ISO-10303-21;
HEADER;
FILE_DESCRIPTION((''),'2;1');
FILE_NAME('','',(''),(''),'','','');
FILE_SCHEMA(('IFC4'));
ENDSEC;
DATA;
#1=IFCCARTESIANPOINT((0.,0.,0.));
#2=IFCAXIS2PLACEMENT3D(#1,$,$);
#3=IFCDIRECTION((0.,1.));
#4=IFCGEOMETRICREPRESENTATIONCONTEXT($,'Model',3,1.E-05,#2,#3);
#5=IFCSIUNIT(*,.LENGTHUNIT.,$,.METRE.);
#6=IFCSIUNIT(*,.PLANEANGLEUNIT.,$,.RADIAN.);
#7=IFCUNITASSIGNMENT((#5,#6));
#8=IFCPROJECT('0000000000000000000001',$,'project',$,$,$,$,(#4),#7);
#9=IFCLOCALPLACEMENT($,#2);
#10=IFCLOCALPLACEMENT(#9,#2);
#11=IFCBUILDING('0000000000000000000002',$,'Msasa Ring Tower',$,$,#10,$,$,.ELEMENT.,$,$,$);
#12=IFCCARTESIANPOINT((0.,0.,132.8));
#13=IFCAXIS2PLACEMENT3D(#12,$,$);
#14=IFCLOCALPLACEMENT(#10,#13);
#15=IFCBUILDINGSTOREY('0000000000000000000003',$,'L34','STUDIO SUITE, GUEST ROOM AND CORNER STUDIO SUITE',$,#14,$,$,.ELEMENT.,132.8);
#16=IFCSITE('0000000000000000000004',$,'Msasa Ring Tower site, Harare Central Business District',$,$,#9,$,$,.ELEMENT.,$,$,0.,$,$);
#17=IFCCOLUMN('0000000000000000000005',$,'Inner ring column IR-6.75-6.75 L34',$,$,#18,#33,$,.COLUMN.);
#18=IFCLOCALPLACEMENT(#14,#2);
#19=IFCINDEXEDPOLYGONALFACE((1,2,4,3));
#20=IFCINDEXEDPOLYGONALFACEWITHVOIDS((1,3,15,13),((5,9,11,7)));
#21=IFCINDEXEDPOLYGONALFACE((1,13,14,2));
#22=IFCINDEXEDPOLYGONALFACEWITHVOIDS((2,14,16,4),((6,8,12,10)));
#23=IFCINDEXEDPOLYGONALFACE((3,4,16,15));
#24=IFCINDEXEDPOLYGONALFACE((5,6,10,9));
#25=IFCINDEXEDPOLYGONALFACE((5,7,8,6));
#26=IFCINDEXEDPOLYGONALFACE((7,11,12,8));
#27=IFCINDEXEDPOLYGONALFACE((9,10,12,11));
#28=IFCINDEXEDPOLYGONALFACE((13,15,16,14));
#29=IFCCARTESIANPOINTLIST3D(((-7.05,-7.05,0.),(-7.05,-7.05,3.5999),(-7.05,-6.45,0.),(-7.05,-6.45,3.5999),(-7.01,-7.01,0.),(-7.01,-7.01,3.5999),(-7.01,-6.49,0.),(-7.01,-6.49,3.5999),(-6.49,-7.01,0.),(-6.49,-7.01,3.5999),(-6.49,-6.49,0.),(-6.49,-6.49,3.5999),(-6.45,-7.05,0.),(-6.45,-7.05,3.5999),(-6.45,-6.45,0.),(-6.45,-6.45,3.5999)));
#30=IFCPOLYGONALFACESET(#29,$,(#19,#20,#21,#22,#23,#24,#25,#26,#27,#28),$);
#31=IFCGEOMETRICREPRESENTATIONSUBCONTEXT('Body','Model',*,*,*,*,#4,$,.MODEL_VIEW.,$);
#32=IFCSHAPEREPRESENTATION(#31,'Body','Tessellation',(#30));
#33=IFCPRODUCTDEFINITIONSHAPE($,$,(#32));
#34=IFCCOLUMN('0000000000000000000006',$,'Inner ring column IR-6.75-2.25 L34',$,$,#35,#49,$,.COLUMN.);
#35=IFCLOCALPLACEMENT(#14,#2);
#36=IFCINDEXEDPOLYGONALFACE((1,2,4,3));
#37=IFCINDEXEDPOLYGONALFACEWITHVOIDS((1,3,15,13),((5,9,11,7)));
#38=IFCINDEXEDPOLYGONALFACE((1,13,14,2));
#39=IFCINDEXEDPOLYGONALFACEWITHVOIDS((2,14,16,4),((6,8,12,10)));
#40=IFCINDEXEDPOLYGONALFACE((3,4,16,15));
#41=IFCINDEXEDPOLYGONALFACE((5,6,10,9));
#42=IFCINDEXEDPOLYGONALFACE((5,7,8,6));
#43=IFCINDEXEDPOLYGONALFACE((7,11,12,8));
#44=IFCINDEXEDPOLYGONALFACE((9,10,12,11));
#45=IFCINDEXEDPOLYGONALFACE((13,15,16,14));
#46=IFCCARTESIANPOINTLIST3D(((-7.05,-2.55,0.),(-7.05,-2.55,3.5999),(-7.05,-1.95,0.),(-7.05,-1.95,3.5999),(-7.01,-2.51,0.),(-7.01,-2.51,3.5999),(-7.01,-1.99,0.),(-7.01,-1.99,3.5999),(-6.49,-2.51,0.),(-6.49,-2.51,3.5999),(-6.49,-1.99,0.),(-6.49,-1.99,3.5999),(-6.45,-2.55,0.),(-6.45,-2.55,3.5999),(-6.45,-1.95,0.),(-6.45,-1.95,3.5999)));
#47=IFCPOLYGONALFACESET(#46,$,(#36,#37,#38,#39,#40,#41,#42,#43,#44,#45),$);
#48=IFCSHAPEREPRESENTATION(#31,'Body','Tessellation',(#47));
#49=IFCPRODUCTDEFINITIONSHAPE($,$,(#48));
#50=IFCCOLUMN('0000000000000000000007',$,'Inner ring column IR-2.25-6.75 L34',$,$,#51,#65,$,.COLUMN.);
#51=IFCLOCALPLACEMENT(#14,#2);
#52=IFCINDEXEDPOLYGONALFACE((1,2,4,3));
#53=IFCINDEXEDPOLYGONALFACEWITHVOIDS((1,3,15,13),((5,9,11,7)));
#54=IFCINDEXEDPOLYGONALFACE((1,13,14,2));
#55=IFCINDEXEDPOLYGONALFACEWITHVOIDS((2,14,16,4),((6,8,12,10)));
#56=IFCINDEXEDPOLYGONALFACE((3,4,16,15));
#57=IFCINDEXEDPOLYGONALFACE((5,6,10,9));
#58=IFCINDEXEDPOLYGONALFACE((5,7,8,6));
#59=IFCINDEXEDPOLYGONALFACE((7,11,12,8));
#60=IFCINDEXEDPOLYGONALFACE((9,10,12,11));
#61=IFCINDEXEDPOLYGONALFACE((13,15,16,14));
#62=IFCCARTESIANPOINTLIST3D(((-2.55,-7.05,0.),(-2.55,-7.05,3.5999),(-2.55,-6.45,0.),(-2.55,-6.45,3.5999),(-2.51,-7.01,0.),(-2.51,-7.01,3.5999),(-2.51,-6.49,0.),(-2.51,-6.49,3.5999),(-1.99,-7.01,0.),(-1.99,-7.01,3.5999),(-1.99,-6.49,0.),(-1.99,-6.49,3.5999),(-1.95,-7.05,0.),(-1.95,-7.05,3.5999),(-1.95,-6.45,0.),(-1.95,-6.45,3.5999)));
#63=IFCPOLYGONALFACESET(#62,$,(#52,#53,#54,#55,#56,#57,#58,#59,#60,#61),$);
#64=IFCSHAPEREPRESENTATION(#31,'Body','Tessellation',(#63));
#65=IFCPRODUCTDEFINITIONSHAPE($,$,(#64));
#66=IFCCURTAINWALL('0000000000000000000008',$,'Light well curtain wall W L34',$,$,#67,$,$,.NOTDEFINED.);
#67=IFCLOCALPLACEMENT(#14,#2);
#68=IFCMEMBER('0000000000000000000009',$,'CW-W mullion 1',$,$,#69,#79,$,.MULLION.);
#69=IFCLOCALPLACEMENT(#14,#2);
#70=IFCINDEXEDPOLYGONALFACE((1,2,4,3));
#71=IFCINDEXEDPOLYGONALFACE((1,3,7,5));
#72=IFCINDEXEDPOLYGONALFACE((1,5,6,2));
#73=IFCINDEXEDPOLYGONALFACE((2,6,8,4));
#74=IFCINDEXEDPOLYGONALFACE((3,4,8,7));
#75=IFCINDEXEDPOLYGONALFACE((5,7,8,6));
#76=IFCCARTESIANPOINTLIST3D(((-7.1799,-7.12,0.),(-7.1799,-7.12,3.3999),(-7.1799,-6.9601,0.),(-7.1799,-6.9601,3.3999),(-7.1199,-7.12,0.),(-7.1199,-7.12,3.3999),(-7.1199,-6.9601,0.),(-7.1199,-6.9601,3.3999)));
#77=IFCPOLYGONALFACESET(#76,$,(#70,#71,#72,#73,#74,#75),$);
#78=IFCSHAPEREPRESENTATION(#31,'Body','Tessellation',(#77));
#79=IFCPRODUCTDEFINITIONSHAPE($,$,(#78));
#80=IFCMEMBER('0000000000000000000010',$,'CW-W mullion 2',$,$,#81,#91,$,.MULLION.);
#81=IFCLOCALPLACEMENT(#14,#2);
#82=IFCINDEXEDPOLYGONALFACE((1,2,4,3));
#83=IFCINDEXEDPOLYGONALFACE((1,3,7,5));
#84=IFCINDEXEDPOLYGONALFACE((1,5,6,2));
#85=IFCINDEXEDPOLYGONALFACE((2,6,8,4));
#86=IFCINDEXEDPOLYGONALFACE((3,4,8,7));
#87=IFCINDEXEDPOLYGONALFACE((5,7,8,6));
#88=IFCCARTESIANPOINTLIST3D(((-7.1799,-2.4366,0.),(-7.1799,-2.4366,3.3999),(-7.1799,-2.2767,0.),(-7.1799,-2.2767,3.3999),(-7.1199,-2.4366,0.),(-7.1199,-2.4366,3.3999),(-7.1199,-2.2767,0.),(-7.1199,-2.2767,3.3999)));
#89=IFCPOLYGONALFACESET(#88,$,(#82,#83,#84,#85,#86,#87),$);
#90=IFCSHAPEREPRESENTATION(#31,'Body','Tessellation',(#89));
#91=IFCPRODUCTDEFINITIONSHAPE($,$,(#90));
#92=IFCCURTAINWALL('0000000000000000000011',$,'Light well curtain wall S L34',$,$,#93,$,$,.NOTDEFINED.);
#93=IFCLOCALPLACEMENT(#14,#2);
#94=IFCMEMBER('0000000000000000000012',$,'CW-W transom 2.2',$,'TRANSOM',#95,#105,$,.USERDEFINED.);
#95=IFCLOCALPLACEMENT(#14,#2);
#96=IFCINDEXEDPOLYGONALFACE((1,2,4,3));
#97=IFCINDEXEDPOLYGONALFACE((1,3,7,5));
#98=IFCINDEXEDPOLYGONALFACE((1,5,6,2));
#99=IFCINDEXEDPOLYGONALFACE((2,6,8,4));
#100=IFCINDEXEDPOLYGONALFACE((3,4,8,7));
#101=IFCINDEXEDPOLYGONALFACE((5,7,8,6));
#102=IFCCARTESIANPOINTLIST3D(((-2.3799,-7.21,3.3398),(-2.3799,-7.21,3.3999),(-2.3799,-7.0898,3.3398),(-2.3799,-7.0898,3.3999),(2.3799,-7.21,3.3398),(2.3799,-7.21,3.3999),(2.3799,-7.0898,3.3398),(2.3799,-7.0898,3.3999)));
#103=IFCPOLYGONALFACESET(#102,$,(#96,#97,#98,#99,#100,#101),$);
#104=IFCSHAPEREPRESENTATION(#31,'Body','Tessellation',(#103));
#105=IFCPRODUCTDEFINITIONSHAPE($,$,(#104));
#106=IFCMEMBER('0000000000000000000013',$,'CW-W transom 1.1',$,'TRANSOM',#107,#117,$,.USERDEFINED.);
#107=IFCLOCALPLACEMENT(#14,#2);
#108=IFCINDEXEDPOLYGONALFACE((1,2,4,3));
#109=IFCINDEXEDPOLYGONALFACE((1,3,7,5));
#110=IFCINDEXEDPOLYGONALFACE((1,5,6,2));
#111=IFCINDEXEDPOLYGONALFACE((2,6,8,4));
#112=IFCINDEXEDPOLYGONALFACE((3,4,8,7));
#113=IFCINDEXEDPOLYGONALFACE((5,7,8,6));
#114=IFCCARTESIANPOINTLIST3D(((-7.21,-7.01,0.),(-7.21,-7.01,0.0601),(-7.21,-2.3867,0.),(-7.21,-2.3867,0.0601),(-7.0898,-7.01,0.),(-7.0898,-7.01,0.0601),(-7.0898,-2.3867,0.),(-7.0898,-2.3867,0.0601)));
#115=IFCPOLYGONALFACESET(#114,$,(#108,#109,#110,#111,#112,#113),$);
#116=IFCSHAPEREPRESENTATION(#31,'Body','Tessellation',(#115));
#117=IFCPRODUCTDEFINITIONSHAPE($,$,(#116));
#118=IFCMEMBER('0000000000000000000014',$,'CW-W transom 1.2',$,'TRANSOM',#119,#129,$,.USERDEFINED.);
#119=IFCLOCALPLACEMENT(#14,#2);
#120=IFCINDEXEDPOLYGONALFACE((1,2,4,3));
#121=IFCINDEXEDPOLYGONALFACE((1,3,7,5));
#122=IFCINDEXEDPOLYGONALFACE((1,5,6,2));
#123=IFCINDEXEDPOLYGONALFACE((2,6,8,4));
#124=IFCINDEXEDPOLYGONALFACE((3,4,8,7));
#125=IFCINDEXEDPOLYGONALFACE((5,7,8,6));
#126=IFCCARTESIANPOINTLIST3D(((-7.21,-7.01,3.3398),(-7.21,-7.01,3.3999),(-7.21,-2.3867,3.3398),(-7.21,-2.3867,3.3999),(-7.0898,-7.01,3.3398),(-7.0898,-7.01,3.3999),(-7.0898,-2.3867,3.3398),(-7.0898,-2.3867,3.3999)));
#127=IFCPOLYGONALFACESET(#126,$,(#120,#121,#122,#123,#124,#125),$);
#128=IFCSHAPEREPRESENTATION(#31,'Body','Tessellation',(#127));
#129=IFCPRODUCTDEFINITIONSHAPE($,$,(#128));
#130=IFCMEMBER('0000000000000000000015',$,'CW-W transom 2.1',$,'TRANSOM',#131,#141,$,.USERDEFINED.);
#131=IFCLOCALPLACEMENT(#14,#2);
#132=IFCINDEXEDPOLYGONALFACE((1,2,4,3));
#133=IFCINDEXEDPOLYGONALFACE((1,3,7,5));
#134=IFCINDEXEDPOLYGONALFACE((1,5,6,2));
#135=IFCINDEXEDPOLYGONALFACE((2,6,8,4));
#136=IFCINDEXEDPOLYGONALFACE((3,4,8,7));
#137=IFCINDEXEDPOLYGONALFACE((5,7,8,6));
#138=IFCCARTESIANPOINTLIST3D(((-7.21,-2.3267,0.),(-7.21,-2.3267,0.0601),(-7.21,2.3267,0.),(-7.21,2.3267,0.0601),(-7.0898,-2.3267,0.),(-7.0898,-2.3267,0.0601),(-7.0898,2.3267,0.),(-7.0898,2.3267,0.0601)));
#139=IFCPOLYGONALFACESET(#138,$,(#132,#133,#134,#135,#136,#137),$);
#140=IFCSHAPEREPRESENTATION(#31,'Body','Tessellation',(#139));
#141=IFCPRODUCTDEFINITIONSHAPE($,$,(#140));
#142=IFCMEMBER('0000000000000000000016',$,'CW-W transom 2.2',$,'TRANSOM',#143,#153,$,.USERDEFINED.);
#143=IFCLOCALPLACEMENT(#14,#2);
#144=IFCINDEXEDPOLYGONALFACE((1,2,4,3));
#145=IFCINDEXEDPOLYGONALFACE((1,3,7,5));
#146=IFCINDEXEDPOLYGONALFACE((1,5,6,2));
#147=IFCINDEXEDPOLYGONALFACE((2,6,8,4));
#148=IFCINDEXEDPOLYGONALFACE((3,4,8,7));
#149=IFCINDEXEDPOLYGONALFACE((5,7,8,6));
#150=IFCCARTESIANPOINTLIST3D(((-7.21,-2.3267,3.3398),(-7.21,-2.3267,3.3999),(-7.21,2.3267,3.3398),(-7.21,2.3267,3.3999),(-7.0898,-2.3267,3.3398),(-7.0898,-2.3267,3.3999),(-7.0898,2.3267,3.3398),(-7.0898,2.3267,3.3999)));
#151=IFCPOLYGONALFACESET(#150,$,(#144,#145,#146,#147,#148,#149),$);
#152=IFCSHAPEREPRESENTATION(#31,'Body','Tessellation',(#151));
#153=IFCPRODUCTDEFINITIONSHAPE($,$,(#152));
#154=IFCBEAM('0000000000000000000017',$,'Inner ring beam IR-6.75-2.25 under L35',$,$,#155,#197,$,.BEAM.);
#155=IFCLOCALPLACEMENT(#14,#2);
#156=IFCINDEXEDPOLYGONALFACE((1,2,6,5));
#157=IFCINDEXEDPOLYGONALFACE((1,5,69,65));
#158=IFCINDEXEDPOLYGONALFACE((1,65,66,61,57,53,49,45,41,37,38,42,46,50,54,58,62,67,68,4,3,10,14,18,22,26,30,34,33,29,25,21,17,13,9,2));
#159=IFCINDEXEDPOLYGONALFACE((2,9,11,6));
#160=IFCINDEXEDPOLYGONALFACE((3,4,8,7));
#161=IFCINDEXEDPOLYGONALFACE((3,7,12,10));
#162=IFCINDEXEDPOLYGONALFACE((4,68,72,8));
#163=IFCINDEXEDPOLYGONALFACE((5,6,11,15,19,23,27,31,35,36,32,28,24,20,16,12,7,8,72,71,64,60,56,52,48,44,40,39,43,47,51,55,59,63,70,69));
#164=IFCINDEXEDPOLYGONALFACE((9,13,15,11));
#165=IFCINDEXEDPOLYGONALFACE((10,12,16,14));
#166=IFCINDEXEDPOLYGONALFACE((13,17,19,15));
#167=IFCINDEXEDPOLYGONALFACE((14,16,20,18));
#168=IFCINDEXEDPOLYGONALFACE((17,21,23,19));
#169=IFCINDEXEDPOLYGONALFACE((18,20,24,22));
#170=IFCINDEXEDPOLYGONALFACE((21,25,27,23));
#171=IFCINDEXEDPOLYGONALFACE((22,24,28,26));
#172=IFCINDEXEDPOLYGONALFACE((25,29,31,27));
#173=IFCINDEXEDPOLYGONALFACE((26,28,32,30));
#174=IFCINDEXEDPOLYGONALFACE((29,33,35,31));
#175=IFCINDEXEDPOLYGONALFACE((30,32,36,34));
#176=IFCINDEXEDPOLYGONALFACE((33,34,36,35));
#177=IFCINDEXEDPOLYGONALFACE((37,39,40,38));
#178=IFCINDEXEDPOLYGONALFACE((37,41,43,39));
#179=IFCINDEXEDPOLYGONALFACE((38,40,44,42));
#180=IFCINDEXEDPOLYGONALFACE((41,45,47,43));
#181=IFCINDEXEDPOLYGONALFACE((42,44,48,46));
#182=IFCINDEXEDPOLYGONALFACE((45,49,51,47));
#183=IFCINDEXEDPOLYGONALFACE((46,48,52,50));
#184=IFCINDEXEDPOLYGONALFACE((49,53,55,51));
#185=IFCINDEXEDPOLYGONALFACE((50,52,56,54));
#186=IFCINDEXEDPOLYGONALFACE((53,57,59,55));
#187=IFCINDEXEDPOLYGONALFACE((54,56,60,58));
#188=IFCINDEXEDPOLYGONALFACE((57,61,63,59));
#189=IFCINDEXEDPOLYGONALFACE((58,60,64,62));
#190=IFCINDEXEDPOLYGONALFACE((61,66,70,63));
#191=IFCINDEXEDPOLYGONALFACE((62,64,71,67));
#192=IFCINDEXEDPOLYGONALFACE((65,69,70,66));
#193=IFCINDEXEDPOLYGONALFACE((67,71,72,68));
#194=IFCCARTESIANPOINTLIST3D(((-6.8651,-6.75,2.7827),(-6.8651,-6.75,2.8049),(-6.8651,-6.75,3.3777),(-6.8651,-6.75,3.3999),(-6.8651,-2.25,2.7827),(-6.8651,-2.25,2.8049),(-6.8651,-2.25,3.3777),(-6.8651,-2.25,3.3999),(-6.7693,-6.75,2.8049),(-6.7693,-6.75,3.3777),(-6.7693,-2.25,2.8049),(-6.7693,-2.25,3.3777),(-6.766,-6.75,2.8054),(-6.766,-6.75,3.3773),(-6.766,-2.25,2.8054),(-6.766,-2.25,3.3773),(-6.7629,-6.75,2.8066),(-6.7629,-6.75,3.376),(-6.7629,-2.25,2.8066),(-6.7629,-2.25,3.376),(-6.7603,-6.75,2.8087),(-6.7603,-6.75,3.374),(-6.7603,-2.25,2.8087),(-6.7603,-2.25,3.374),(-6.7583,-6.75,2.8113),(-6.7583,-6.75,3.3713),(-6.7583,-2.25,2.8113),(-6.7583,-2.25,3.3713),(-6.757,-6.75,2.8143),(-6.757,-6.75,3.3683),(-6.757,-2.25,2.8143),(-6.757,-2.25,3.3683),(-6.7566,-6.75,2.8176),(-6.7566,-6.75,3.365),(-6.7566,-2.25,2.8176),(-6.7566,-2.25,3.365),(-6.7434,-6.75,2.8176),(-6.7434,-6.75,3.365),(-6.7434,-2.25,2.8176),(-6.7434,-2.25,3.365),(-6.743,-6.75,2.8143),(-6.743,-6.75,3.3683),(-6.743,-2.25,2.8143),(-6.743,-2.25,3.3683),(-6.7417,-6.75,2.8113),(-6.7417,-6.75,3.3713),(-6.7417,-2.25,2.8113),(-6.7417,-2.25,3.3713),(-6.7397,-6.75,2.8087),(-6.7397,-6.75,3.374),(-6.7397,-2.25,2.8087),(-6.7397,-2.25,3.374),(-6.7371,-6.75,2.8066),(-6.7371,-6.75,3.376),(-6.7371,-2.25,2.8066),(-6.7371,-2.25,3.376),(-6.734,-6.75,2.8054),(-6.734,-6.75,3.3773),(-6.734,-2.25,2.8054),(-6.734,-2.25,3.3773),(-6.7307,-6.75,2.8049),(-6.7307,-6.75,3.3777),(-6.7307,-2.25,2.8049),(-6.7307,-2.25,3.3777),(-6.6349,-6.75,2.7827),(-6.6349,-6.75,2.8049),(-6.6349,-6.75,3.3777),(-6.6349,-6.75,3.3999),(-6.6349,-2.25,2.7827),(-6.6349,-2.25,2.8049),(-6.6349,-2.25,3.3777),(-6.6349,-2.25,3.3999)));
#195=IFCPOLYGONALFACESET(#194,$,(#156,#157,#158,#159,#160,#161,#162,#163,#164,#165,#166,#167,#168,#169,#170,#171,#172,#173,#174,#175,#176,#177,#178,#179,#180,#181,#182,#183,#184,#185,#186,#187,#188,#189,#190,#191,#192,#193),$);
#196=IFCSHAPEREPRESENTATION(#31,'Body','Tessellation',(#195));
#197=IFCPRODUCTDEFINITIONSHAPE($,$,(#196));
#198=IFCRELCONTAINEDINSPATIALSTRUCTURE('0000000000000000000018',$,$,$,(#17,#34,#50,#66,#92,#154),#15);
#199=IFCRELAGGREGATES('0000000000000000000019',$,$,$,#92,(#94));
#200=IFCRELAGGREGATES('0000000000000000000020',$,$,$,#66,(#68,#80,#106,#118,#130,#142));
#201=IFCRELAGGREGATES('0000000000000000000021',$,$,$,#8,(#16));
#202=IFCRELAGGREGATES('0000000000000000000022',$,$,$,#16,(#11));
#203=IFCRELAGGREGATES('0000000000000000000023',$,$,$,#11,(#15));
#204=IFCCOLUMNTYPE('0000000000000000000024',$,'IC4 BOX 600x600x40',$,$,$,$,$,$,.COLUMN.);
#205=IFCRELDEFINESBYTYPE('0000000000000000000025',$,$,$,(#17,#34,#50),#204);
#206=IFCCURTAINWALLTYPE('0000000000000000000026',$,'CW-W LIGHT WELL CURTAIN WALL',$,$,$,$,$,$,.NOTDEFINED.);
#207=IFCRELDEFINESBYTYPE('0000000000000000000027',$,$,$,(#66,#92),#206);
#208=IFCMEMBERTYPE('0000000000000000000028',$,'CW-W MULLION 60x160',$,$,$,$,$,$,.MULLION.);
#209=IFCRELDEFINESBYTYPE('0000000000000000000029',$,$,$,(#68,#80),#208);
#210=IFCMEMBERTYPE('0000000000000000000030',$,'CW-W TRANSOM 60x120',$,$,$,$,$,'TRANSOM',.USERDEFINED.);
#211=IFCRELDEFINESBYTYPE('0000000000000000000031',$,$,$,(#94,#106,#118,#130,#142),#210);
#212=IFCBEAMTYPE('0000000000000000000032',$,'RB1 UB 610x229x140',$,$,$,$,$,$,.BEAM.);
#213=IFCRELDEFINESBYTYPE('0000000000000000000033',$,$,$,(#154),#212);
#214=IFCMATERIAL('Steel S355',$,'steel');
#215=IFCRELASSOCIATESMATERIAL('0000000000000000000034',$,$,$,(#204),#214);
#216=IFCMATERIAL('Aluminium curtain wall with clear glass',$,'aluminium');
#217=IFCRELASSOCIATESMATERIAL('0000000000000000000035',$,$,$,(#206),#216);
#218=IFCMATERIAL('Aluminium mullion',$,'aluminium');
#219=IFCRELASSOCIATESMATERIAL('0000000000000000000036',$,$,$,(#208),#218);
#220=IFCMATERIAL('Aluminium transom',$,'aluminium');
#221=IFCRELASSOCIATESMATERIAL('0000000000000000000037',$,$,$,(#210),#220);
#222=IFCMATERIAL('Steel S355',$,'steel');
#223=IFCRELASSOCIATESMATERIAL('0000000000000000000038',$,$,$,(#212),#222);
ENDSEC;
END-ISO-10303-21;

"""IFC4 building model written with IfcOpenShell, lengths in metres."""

from ifc_helpers import new_model, si_unit, direction, frame, origin, origin_2d, place, context, subcontext, project, spatial, rectangle, hollow_rectangle, i_section, extrude, material, material_profile, profile_set, type_object, element, aggregate, save


model = new_model("IFC4")

# Units and contexts
model_context = context("Model", 3, precision=1e-05, world=origin(), true_north=direction((0.0, 1.0)))
body_context = subcontext(model_context, "Body", "Model", "MODEL_VIEW")
ifc_project = project(units=[si_unit("LENGTHUNIT", "METRE"), si_unit("PLANEANGLEUNIT", "RADIAN")], contexts=[model_context])

# Site, building, storey
site_placement = place(None, origin())
site = spatial("IfcSite", under=ifc_project, at=site_placement, Name="Msasa Ring Tower site, Harare Central Business District", CompositionType="ELEMENT", RefElevation=0.0)
building_placement = place(site_placement, origin())
building = spatial("IfcBuilding", under=site, at=building_placement, Name="Msasa Ring Tower", CompositionType="ELEMENT")
storey_placement = place(building_placement, frame((0.0, 0.0, 132.8)))
storey = spatial("IfcBuildingStorey", under=building, at=storey_placement, Name="L34", Description="STUDIO SUITE, GUEST ROOM AND CORNER STUDIO SUITE", CompositionType="ELEMENT", Elevation=132.8)

# Columns
ifc_material_1 = material(Name="Steel S355", Category="steel")
ifc_material_profile_1 = material_profile(ifc_material_1, hollow_rectangle(XDim=0.6001, YDim=0.6001, WallThickness=0.04, at=origin_2d()), Name="BOX 600x600x40")
ifc_profile_set_1 = profile_set([ifc_material_profile_1], Name="Steel S355")
column_type = type_object("IfcColumnType", Name="IC4 BOX 600x600x40", PredefinedType="COLUMN", material=ifc_profile_set_1)
for number, where, z_axis, x_axis, name in (
    (1, (-6.75, -6.75, 0.0), (0.0, 0.0, 1.0), (1.0, 0.0, 0.0), "Inner ring column IR-6.75-6.75 L34"),
    (2, (-6.75, -2.25, 0.0), (0.0, 0.0, 1.0), (1.0, 0.0, 0.0), "Inner ring column IR-6.75-2.25 L34"),
    (3, (-2.25, -6.75, 0.0), (0.0, 0.0, 1.0), (1.0, 0.0, 0.0), "Inner ring column IR-2.25-6.75 L34"),
):
    element("IfcColumn", number, at=place(storey_placement, frame(where, z_axis=z_axis, x_axis=x_axis)), inside=storey, type_object=column_type, Name=name, PredefinedType="COLUMN", context=body_context, shape_type="SweptSolid", body=[
        extrude(hollow_rectangle(XDim=0.6001, YDim=0.6001, WallThickness=0.04, at=origin_2d()), origin(), (0.0, 0.0, 1.0), 3.5999),
    ])

# Curtain wall, members
ifc_material_2 = material(Name="Aluminium curtain wall with clear glass", Category="aluminium")
curtain_wall_type = type_object("IfcCurtainWallType", Name="CW-W LIGHT WELL CURTAIN WALL", PredefinedType="NOTDEFINED", material=ifc_material_2)
curtain_wall_1_placement = place(storey_placement, origin())
curtain_wall_1 = element("IfcCurtainWall", 4, at=curtain_wall_1_placement, inside=storey, type_object=curtain_wall_type, Name="Light well curtain wall W L34", PredefinedType="NOTDEFINED")
ifc_material_3 = material(Name="Aluminium mullion", Category="aluminium")
ifc_material_profile_2 = material_profile(ifc_material_3, rectangle(XDim=0.0601, YDim=0.1599, at=origin_2d()), Name="AL 60x160")
ifc_profile_set_2 = profile_set([ifc_material_profile_2], Name="Aluminium mullion")
member_type_1 = type_object("IfcMemberType", Name="CW-W MULLION 60x160", PredefinedType="MULLION", material=ifc_profile_set_2)
member_1_placement = place(storey_placement, frame((-7.1499, -7.04, 0.0), z_axis=(0.0, 0.0, 1.0), x_axis=(-1.0, 0.0, 0.0)))
member_1 = element("IfcMember", 5, at=member_1_placement, type_object=member_type_1, Name="CW-W mullion 1", PredefinedType="MULLION", context=body_context, shape_type="SweptSolid", body=[
    extrude(rectangle(XDim=0.0601, YDim=0.1599, at=origin_2d()), origin(), (0.0, 0.0, 1.0), 3.3999),
])
member_2_placement = place(storey_placement, frame((-7.1499, -2.3567, 0.0), z_axis=(0.0, 0.0, 1.0), x_axis=(-1.0, 0.0, 0.0)))
member_2 = element("IfcMember", 6, at=member_2_placement, type_object=member_type_1, Name="CW-W mullion 2", PredefinedType="MULLION", context=body_context, shape_type="SweptSolid", body=[
    extrude(rectangle(XDim=0.0601, YDim=0.1599, at=origin_2d()), origin(), (0.0, 0.0, 1.0), 3.3999),
])

# Curtain wall, member
curtain_wall_2_placement = place(storey_placement, origin())
curtain_wall_2 = element("IfcCurtainWall", 7, at=curtain_wall_2_placement, inside=storey, type_object=curtain_wall_type, Name="Light well curtain wall S L34", PredefinedType="NOTDEFINED")
ifc_material_4 = material(Name="Aluminium transom", Category="aluminium")
ifc_material_profile_3 = material_profile(ifc_material_4, rectangle(XDim=0.1201, YDim=0.0601, at=origin_2d()), Name="AL 60x120")
ifc_profile_set_3 = profile_set([ifc_material_profile_3], Name="Aluminium transom")
member_type_2 = type_object("IfcMemberType", Name="CW-W TRANSOM 60x120", ElementType="TRANSOM", PredefinedType="USERDEFINED", material=ifc_profile_set_3)
member_3_placement = place(storey_placement, frame((-2.3799, -7.1499, 3.3699), z_axis=(1.0, 0.0, 0.0), x_axis=(0.0, 1.0, 0.0)))
member_3 = element("IfcMember", 8, at=member_3_placement, type_object=member_type_2, Name="CW-W transom 2.2", ObjectType="TRANSOM", PredefinedType="USERDEFINED", context=body_context, shape_type="SweptSolid", body=[
    extrude(rectangle(XDim=0.1201, YDim=0.0601, at=origin_2d()), origin(), (0.0, 0.0, 1.0), 4.7598),
])

# Members
member_4_placement = place(storey_placement, frame((-7.1499, -7.01, 0.03), z_axis=(0.0, 1.0, 0.0), x_axis=(-1.0, 0.0, 0.0)))
member_4 = element("IfcMember", 9, at=member_4_placement, type_object=member_type_2, Name="CW-W transom 1.1", ObjectType="TRANSOM", PredefinedType="USERDEFINED", context=body_context, shape_type="SweptSolid", body=[
    extrude(rectangle(XDim=0.1201, YDim=0.0601, at=origin_2d()), origin(), (0.0, 0.0, 1.0), 4.6233),
])
member_5_placement = place(storey_placement, frame((-7.1499, -7.01, 3.3699), z_axis=(0.0, 1.0, 0.0), x_axis=(-1.0, 0.0, 0.0)))
member_5 = element("IfcMember", 10, at=member_5_placement, type_object=member_type_2, Name="CW-W transom 1.2", ObjectType="TRANSOM", PredefinedType="USERDEFINED", context=body_context, shape_type="SweptSolid", body=[
    extrude(rectangle(XDim=0.1201, YDim=0.0601, at=origin_2d()), origin(), (0.0, 0.0, 1.0), 4.6233),
])
member_6_placement = place(storey_placement, frame((-7.1499, -2.3267, 0.03), z_axis=(0.0, 1.0, 0.0), x_axis=(-1.0, 0.0, 0.0)))
member_6 = element("IfcMember", 11, at=member_6_placement, type_object=member_type_2, Name="CW-W transom 2.1", ObjectType="TRANSOM", PredefinedType="USERDEFINED", context=body_context, shape_type="SweptSolid", body=[
    extrude(rectangle(XDim=0.1201, YDim=0.0601, at=origin_2d()), origin(), (0.0, 0.0, 1.0), 4.6533),
])
member_7_placement = place(storey_placement, frame((-7.1499, -2.3267, 3.3699), z_axis=(0.0, 1.0, 0.0), x_axis=(-1.0, 0.0, 0.0)))
member_7 = element("IfcMember", 12, at=member_7_placement, type_object=member_type_2, Name="CW-W transom 2.2", ObjectType="TRANSOM", PredefinedType="USERDEFINED", context=body_context, shape_type="SweptSolid", body=[
    extrude(rectangle(XDim=0.1201, YDim=0.0601, at=origin_2d()), origin(), (0.0, 0.0, 1.0), 4.6533),
])

# Beam
ifc_material_5 = material(Name="Steel S355", Category="steel")
ifc_material_profile_4 = material_profile(ifc_material_5, i_section(OverallWidth=0.2302, OverallDepth=0.6172, WebThickness=0.0132, FlangeThickness=0.0222, FilletRadius=0.0127, at=origin_2d()), Name="UB 610x229x140")
ifc_profile_set_4 = profile_set([ifc_material_profile_4], Name="Steel S355")
beam_type = type_object("IfcBeamType", Name="RB1 UB 610x229x140", PredefinedType="BEAM", material=ifc_profile_set_4)
for number, where, z_axis, x_axis, name in (
    (13, (-6.75, -2.25, 3.0913), (0.0, -1.0, 0.0), (1.0, 0.0, 0.0), "Inner ring beam IR-6.75-2.25 under L35"),
):
    element("IfcBeam", number, at=place(storey_placement, frame(where, z_axis=z_axis, x_axis=x_axis)), inside=storey, type_object=beam_type, Name=name, PredefinedType="BEAM", context=body_context, shape_type="SweptSolid", body=[
        extrude(i_section(OverallWidth=0.2302, OverallDepth=0.6172, WebThickness=0.0132, FlangeThickness=0.0222, FilletRadius=0.0127, at=origin_2d()), origin(), (0.0, 0.0, 1.0), 4.5),
    ])

aggregate(curtain_wall_2, [member_3])
aggregate(curtain_wall_1, [member_1, member_2, member_4, member_5, member_6, member_7])

save(model, "model.ifc")
